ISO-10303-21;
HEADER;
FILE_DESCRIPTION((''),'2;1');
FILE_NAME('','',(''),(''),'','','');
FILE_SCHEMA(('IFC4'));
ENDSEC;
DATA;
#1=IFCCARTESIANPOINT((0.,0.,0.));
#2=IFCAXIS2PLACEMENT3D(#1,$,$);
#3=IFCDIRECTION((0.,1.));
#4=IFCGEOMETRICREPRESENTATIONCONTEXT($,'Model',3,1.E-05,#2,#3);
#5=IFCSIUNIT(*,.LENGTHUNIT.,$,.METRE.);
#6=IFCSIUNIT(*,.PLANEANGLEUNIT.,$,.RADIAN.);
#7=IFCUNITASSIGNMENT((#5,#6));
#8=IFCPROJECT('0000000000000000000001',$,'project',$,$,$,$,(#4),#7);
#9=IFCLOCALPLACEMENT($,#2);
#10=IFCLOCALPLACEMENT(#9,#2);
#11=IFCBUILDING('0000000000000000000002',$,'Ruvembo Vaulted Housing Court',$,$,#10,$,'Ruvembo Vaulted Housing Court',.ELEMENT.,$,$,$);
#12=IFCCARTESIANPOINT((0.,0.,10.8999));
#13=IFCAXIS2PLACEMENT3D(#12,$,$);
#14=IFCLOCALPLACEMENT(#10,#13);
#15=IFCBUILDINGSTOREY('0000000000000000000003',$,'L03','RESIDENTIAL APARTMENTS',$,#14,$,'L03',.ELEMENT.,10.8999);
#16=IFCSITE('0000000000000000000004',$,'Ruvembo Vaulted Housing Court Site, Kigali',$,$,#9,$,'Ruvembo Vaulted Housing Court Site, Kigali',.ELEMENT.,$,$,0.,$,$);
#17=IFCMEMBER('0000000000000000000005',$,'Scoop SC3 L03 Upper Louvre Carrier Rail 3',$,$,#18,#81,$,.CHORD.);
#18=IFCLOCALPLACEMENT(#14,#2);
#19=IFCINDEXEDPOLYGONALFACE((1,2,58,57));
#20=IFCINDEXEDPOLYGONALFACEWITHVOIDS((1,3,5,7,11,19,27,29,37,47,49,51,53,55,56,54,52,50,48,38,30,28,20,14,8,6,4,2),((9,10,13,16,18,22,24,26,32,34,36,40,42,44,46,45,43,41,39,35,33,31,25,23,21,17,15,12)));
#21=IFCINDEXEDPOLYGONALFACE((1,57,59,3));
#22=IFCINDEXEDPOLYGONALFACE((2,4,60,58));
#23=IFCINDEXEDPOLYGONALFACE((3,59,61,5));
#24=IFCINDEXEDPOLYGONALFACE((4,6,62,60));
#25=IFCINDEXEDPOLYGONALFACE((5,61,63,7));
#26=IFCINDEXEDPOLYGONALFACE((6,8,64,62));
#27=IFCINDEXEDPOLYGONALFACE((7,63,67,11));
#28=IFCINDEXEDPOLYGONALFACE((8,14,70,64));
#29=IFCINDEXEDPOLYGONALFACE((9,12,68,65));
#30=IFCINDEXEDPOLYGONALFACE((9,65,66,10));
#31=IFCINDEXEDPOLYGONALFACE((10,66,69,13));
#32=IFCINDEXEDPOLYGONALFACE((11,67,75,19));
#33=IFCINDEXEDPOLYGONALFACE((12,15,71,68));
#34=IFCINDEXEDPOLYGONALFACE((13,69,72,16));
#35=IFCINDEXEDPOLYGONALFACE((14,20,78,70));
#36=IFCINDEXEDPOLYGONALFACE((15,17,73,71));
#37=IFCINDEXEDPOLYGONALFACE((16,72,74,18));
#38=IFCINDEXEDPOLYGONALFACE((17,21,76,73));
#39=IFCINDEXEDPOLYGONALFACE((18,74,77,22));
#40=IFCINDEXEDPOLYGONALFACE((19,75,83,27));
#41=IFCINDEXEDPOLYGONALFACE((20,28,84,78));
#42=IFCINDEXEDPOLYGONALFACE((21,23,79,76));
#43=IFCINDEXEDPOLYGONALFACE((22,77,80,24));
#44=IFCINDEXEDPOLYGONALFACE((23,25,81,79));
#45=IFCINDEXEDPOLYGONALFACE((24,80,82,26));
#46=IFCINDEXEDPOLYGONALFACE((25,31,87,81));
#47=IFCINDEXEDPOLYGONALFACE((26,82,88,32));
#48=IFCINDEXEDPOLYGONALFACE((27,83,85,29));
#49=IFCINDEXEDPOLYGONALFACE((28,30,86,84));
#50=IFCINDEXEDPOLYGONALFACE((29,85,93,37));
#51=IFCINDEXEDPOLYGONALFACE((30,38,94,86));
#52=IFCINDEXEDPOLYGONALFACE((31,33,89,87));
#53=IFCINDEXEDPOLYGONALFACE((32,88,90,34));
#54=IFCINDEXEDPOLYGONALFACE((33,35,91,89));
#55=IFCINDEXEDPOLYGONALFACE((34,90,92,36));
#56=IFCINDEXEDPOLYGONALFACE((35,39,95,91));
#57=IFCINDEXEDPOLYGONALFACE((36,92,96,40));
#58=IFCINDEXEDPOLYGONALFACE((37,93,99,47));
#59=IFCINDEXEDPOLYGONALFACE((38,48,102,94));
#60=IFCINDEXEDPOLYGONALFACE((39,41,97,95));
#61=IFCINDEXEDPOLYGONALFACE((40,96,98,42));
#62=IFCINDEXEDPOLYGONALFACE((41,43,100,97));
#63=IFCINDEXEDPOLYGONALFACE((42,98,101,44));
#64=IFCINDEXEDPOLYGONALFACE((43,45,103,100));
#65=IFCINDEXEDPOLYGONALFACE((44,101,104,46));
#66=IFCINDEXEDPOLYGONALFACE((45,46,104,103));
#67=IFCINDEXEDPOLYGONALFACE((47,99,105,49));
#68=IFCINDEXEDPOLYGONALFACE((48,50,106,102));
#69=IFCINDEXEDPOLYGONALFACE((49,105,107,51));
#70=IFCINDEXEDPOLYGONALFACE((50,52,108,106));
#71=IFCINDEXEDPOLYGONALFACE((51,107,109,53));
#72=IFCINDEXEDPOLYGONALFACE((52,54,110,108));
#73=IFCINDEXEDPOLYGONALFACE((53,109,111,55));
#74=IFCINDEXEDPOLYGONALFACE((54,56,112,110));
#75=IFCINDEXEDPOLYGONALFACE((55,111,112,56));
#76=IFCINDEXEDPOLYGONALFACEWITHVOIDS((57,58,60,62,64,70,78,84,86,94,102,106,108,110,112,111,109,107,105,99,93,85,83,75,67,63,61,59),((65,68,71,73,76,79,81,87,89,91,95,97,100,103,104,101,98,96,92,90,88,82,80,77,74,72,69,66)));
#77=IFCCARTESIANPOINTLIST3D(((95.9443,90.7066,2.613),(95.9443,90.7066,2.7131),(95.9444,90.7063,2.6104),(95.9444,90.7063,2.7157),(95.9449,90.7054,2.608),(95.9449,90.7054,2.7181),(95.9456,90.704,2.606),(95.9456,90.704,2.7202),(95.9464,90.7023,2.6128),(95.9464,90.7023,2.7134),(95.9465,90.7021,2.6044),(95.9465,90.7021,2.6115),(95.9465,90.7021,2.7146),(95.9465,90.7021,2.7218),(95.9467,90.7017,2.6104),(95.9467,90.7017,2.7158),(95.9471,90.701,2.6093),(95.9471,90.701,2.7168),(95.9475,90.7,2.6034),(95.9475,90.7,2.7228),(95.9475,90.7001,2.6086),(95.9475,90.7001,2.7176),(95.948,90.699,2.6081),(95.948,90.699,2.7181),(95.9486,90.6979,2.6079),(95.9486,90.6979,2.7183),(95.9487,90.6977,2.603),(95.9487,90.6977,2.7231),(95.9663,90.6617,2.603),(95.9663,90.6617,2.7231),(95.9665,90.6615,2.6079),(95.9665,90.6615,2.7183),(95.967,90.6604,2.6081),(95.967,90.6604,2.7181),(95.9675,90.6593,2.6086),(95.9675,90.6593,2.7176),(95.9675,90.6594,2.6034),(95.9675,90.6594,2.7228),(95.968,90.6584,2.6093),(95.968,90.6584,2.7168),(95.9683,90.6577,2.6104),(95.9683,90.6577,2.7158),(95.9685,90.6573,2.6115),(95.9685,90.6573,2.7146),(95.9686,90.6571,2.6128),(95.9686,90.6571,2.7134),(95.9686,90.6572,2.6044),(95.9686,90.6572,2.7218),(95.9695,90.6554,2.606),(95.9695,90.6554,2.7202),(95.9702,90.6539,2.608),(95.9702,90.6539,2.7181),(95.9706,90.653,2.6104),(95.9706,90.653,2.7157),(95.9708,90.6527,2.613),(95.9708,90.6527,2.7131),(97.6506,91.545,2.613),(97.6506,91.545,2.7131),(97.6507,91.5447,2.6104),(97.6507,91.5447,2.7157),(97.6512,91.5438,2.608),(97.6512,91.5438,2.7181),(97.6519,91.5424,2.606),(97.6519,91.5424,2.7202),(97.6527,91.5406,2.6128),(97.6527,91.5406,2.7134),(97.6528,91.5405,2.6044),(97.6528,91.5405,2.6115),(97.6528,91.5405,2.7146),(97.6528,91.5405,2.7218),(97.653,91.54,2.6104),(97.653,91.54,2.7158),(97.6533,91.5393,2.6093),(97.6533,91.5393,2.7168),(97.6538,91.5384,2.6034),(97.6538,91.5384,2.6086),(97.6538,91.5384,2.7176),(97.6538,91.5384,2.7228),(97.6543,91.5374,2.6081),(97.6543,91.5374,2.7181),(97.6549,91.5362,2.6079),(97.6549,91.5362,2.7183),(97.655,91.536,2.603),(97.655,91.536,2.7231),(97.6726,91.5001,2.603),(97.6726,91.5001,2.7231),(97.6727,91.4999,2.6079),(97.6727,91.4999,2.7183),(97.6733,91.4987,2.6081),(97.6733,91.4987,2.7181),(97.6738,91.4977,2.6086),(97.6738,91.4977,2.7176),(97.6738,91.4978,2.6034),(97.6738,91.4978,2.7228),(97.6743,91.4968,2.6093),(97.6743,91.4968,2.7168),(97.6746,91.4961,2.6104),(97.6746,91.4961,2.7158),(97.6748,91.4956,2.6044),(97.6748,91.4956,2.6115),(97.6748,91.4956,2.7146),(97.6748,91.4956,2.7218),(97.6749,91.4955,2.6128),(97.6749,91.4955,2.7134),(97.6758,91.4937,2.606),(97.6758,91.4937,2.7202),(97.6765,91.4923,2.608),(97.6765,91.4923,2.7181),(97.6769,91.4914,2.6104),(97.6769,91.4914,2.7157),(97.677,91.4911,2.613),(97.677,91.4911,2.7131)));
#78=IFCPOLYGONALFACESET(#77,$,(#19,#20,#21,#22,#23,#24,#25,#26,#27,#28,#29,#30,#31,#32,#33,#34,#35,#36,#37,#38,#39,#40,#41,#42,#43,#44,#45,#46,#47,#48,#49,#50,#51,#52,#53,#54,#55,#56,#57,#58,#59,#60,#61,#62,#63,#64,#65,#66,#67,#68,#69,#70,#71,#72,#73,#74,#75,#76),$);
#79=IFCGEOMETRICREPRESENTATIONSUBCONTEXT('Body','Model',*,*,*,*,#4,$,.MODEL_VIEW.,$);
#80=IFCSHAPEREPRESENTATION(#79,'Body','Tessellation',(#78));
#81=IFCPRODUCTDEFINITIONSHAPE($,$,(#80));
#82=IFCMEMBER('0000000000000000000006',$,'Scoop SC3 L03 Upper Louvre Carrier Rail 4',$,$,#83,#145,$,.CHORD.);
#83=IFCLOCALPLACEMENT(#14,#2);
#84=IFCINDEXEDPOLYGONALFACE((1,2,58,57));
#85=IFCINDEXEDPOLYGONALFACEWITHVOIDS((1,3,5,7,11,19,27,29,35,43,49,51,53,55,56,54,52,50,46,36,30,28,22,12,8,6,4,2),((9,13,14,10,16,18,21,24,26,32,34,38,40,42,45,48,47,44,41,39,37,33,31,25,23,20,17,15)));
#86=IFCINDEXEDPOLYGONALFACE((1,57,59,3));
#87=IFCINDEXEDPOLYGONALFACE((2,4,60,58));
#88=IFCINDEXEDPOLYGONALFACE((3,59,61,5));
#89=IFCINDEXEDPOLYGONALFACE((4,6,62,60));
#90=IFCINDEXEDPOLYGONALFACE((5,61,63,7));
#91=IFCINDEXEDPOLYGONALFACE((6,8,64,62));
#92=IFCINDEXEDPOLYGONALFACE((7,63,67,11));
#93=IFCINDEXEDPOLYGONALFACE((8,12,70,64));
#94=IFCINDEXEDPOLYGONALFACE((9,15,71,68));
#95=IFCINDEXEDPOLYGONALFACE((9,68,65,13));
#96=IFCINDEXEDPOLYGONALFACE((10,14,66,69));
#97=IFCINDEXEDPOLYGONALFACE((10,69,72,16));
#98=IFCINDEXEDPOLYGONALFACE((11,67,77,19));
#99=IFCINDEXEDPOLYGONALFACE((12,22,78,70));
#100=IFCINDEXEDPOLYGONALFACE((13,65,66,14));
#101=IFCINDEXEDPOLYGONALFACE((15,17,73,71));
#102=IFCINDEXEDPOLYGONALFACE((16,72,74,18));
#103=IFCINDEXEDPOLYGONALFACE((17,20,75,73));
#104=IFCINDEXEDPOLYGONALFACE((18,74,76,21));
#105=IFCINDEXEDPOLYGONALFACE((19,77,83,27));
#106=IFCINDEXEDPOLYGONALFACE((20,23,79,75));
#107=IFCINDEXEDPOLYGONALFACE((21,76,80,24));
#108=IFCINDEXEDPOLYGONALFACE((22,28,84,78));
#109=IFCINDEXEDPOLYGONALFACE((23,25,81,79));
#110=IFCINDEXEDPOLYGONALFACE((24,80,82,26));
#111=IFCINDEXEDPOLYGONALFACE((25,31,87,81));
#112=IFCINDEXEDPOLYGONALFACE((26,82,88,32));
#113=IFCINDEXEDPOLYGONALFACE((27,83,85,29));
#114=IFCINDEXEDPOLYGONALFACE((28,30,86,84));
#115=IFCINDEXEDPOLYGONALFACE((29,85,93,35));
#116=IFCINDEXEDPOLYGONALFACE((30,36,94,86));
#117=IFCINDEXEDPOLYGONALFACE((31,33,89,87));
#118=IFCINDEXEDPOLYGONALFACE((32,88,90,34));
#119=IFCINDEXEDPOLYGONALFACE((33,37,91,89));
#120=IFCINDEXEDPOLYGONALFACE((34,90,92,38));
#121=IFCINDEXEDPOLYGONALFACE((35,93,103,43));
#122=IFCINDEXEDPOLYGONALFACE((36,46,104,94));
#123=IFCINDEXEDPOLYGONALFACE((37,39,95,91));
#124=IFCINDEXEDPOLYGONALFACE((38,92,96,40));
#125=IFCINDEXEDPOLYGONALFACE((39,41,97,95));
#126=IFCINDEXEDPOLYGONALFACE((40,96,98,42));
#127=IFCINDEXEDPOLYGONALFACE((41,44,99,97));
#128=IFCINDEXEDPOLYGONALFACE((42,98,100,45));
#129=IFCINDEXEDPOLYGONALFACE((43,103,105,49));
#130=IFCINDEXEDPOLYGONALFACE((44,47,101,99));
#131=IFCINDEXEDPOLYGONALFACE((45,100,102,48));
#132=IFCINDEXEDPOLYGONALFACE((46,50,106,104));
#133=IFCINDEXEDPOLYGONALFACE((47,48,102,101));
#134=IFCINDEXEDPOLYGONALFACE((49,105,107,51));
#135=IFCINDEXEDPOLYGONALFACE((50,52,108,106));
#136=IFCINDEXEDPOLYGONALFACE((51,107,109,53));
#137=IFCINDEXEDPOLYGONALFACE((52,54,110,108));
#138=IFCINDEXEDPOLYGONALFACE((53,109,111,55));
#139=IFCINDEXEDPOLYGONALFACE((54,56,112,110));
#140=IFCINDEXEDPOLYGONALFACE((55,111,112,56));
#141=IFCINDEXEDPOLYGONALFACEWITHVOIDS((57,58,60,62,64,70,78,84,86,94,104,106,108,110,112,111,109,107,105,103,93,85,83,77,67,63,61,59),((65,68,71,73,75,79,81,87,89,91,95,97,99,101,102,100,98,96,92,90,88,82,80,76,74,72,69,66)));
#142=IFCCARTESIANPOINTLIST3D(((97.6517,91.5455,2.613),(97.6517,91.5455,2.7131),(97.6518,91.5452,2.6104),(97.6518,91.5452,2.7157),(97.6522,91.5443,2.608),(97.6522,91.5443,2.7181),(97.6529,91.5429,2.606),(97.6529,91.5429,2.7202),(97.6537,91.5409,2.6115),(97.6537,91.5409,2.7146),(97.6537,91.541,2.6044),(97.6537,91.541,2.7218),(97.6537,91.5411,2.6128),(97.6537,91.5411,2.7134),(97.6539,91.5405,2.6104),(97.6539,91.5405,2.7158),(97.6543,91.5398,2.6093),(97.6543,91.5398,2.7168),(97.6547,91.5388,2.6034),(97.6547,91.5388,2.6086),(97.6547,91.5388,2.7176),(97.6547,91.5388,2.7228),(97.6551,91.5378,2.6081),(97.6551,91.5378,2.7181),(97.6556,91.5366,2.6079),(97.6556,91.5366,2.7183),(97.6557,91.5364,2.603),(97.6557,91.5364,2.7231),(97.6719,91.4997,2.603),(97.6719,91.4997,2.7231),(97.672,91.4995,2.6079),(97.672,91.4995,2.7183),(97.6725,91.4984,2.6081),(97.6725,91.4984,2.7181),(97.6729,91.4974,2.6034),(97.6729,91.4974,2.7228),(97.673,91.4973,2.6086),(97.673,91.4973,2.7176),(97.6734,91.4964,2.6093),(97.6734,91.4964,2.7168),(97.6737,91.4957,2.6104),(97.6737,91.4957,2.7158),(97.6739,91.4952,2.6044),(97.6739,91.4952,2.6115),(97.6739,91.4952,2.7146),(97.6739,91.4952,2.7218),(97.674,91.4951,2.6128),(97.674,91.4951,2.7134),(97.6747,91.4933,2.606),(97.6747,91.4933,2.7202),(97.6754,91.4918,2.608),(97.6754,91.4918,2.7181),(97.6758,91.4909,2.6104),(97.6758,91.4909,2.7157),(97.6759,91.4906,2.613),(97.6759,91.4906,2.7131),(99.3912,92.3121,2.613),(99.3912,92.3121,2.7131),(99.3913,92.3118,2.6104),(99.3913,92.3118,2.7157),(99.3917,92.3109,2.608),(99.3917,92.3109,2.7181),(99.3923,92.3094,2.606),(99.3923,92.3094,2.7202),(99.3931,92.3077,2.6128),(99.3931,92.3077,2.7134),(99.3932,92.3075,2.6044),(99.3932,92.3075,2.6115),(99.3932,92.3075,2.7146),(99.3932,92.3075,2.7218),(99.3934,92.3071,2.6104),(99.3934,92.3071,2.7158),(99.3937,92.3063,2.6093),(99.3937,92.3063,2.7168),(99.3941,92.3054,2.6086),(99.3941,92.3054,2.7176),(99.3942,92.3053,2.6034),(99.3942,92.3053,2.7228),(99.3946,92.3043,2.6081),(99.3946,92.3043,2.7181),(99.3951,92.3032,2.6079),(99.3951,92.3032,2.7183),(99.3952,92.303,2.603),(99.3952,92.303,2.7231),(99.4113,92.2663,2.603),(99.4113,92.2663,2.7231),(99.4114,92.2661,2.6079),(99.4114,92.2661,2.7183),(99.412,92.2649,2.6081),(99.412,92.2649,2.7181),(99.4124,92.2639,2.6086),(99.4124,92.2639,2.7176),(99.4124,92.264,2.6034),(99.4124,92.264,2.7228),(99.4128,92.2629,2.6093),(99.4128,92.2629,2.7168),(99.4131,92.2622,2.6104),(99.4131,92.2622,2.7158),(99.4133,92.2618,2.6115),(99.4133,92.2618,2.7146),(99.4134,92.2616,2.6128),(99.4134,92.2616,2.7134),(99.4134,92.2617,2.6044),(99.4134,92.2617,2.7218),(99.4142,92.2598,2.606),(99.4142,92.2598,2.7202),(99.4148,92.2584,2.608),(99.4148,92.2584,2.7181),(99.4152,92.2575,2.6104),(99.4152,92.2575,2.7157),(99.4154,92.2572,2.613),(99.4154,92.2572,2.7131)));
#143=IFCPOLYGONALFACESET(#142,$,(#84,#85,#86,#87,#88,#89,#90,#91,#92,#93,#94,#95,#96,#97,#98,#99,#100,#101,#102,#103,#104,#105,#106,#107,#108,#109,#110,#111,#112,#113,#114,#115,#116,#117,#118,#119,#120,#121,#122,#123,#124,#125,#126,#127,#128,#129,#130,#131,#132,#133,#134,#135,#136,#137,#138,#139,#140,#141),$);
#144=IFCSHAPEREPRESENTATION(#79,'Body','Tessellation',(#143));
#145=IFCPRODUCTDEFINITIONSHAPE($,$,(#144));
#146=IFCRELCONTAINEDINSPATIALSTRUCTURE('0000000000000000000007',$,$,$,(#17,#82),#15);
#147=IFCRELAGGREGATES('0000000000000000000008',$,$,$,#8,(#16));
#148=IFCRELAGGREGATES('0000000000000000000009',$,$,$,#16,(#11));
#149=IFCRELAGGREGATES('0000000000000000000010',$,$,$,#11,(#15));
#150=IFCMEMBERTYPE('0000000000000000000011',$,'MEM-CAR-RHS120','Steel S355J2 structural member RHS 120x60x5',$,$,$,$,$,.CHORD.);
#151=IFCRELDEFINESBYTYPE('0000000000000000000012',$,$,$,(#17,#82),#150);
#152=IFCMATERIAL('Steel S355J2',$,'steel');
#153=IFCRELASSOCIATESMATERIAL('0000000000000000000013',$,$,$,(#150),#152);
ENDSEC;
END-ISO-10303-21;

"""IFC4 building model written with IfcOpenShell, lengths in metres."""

from ifc_helpers import new_model, si_unit, direction, frame, origin, origin_2d, place, context, subcontext, project, spatial, hollow_rectangle, extrude, material, material_profile, profile_set, type_object, element, save


model = new_model("IFC4")

# Units and contexts
model_context = context("Model", 3, precision=1e-05, world=origin(), true_north=direction((0.0, 1.0)))
body_context = subcontext(model_context, "Body", "Model", "MODEL_VIEW")
ifc_project = project(units=[si_unit("LENGTHUNIT", "METRE"), si_unit("PLANEANGLEUNIT", "RADIAN")], contexts=[model_context])

# Site, building, storey
site_placement = place(None, origin())
site = spatial("IfcSite", under=ifc_project, at=site_placement, Name="Ruvembo Vaulted Housing Court Site, Kigali", LongName="Ruvembo Vaulted Housing Court Site, Kigali", CompositionType="ELEMENT", RefElevation=0.0)
building_placement = place(site_placement, origin())
building = spatial("IfcBuilding", under=site, at=building_placement, Name="Ruvembo Vaulted Housing Court", LongName="Ruvembo Vaulted Housing Court", CompositionType="ELEMENT")
storey_placement = place(building_placement, frame((0.0, 0.0, 10.8999)))
storey = spatial("IfcBuildingStorey", under=building, at=storey_placement, Name="L03", Description="RESIDENTIAL APARTMENTS", LongName="L03", CompositionType="ELEMENT", Elevation=10.8999)

# Shared definitions
ifc_material_1 = material(Name="Steel S355J2", Category="steel")

# Members
ifc_material_profile_1 = material_profile(ifc_material_1, hollow_rectangle(XDim=0.0601, YDim=0.1201, WallThickness=0.0049, InnerFilletRadius=0.0049, OuterFilletRadius=0.01, at=origin_2d()), Name="RHS 120x60x5")
ifc_profile_set_1 = profile_set([ifc_material_profile_1], Name="Steel S355J2")
member_type_1 = type_object("IfcMemberType", Name="MEM-CAR-RHS120", Description="Steel S355J2 structural member RHS 120x60x5", PredefinedType="CHORD", material=ifc_profile_set_1)
member_1_placement = place(storey_placement, frame((95.9575, 90.6797, 2.6631), z_axis=(0.897513, 0.440987, 0.0), x_axis=(-0.440987, 0.897513, 0.0)))
element("IfcMember", 1, at=member_1_placement, inside=storey, type_object=member_type_1, Name="Scoop SC3 L03 Upper Louvre Carrier Rail 3", PredefinedType="CHORD", context=body_context, shape_type="SweptSolid", body=[
    extrude(hollow_rectangle(XDim=0.0601, YDim=0.1201, WallThickness=0.0049, InnerFilletRadius=0.0049, OuterFilletRadius=0.01, at=origin_2d()), origin(), (0.0, 0.0, 1.0), 1.9011),
])
for number, where, z_axis, x_axis, name in (
    (2, (97.6638, 91.5181, 2.6631), (0.915078, 0.403277, 0.0), (-0.403277, 0.915078, 0.0), "Scoop SC3 L03 Upper Louvre Carrier Rail 4"),
):
    element("IfcMember", number, at=place(storey_placement, frame(where, z_axis=z_axis, x_axis=x_axis)), inside=storey, type_object=member_type_1, Name=name, PredefinedType="CHORD", context=body_context, shape_type="SweptSolid", body=[
        extrude(hollow_rectangle(XDim=0.0601, YDim=0.1201, WallThickness=0.0049, InnerFilletRadius=0.0049, OuterFilletRadius=0.01, at=origin_2d()), origin(), (0.0, 0.0, 1.0), 1.9009),
    ])

save(model, "model.ifc")
